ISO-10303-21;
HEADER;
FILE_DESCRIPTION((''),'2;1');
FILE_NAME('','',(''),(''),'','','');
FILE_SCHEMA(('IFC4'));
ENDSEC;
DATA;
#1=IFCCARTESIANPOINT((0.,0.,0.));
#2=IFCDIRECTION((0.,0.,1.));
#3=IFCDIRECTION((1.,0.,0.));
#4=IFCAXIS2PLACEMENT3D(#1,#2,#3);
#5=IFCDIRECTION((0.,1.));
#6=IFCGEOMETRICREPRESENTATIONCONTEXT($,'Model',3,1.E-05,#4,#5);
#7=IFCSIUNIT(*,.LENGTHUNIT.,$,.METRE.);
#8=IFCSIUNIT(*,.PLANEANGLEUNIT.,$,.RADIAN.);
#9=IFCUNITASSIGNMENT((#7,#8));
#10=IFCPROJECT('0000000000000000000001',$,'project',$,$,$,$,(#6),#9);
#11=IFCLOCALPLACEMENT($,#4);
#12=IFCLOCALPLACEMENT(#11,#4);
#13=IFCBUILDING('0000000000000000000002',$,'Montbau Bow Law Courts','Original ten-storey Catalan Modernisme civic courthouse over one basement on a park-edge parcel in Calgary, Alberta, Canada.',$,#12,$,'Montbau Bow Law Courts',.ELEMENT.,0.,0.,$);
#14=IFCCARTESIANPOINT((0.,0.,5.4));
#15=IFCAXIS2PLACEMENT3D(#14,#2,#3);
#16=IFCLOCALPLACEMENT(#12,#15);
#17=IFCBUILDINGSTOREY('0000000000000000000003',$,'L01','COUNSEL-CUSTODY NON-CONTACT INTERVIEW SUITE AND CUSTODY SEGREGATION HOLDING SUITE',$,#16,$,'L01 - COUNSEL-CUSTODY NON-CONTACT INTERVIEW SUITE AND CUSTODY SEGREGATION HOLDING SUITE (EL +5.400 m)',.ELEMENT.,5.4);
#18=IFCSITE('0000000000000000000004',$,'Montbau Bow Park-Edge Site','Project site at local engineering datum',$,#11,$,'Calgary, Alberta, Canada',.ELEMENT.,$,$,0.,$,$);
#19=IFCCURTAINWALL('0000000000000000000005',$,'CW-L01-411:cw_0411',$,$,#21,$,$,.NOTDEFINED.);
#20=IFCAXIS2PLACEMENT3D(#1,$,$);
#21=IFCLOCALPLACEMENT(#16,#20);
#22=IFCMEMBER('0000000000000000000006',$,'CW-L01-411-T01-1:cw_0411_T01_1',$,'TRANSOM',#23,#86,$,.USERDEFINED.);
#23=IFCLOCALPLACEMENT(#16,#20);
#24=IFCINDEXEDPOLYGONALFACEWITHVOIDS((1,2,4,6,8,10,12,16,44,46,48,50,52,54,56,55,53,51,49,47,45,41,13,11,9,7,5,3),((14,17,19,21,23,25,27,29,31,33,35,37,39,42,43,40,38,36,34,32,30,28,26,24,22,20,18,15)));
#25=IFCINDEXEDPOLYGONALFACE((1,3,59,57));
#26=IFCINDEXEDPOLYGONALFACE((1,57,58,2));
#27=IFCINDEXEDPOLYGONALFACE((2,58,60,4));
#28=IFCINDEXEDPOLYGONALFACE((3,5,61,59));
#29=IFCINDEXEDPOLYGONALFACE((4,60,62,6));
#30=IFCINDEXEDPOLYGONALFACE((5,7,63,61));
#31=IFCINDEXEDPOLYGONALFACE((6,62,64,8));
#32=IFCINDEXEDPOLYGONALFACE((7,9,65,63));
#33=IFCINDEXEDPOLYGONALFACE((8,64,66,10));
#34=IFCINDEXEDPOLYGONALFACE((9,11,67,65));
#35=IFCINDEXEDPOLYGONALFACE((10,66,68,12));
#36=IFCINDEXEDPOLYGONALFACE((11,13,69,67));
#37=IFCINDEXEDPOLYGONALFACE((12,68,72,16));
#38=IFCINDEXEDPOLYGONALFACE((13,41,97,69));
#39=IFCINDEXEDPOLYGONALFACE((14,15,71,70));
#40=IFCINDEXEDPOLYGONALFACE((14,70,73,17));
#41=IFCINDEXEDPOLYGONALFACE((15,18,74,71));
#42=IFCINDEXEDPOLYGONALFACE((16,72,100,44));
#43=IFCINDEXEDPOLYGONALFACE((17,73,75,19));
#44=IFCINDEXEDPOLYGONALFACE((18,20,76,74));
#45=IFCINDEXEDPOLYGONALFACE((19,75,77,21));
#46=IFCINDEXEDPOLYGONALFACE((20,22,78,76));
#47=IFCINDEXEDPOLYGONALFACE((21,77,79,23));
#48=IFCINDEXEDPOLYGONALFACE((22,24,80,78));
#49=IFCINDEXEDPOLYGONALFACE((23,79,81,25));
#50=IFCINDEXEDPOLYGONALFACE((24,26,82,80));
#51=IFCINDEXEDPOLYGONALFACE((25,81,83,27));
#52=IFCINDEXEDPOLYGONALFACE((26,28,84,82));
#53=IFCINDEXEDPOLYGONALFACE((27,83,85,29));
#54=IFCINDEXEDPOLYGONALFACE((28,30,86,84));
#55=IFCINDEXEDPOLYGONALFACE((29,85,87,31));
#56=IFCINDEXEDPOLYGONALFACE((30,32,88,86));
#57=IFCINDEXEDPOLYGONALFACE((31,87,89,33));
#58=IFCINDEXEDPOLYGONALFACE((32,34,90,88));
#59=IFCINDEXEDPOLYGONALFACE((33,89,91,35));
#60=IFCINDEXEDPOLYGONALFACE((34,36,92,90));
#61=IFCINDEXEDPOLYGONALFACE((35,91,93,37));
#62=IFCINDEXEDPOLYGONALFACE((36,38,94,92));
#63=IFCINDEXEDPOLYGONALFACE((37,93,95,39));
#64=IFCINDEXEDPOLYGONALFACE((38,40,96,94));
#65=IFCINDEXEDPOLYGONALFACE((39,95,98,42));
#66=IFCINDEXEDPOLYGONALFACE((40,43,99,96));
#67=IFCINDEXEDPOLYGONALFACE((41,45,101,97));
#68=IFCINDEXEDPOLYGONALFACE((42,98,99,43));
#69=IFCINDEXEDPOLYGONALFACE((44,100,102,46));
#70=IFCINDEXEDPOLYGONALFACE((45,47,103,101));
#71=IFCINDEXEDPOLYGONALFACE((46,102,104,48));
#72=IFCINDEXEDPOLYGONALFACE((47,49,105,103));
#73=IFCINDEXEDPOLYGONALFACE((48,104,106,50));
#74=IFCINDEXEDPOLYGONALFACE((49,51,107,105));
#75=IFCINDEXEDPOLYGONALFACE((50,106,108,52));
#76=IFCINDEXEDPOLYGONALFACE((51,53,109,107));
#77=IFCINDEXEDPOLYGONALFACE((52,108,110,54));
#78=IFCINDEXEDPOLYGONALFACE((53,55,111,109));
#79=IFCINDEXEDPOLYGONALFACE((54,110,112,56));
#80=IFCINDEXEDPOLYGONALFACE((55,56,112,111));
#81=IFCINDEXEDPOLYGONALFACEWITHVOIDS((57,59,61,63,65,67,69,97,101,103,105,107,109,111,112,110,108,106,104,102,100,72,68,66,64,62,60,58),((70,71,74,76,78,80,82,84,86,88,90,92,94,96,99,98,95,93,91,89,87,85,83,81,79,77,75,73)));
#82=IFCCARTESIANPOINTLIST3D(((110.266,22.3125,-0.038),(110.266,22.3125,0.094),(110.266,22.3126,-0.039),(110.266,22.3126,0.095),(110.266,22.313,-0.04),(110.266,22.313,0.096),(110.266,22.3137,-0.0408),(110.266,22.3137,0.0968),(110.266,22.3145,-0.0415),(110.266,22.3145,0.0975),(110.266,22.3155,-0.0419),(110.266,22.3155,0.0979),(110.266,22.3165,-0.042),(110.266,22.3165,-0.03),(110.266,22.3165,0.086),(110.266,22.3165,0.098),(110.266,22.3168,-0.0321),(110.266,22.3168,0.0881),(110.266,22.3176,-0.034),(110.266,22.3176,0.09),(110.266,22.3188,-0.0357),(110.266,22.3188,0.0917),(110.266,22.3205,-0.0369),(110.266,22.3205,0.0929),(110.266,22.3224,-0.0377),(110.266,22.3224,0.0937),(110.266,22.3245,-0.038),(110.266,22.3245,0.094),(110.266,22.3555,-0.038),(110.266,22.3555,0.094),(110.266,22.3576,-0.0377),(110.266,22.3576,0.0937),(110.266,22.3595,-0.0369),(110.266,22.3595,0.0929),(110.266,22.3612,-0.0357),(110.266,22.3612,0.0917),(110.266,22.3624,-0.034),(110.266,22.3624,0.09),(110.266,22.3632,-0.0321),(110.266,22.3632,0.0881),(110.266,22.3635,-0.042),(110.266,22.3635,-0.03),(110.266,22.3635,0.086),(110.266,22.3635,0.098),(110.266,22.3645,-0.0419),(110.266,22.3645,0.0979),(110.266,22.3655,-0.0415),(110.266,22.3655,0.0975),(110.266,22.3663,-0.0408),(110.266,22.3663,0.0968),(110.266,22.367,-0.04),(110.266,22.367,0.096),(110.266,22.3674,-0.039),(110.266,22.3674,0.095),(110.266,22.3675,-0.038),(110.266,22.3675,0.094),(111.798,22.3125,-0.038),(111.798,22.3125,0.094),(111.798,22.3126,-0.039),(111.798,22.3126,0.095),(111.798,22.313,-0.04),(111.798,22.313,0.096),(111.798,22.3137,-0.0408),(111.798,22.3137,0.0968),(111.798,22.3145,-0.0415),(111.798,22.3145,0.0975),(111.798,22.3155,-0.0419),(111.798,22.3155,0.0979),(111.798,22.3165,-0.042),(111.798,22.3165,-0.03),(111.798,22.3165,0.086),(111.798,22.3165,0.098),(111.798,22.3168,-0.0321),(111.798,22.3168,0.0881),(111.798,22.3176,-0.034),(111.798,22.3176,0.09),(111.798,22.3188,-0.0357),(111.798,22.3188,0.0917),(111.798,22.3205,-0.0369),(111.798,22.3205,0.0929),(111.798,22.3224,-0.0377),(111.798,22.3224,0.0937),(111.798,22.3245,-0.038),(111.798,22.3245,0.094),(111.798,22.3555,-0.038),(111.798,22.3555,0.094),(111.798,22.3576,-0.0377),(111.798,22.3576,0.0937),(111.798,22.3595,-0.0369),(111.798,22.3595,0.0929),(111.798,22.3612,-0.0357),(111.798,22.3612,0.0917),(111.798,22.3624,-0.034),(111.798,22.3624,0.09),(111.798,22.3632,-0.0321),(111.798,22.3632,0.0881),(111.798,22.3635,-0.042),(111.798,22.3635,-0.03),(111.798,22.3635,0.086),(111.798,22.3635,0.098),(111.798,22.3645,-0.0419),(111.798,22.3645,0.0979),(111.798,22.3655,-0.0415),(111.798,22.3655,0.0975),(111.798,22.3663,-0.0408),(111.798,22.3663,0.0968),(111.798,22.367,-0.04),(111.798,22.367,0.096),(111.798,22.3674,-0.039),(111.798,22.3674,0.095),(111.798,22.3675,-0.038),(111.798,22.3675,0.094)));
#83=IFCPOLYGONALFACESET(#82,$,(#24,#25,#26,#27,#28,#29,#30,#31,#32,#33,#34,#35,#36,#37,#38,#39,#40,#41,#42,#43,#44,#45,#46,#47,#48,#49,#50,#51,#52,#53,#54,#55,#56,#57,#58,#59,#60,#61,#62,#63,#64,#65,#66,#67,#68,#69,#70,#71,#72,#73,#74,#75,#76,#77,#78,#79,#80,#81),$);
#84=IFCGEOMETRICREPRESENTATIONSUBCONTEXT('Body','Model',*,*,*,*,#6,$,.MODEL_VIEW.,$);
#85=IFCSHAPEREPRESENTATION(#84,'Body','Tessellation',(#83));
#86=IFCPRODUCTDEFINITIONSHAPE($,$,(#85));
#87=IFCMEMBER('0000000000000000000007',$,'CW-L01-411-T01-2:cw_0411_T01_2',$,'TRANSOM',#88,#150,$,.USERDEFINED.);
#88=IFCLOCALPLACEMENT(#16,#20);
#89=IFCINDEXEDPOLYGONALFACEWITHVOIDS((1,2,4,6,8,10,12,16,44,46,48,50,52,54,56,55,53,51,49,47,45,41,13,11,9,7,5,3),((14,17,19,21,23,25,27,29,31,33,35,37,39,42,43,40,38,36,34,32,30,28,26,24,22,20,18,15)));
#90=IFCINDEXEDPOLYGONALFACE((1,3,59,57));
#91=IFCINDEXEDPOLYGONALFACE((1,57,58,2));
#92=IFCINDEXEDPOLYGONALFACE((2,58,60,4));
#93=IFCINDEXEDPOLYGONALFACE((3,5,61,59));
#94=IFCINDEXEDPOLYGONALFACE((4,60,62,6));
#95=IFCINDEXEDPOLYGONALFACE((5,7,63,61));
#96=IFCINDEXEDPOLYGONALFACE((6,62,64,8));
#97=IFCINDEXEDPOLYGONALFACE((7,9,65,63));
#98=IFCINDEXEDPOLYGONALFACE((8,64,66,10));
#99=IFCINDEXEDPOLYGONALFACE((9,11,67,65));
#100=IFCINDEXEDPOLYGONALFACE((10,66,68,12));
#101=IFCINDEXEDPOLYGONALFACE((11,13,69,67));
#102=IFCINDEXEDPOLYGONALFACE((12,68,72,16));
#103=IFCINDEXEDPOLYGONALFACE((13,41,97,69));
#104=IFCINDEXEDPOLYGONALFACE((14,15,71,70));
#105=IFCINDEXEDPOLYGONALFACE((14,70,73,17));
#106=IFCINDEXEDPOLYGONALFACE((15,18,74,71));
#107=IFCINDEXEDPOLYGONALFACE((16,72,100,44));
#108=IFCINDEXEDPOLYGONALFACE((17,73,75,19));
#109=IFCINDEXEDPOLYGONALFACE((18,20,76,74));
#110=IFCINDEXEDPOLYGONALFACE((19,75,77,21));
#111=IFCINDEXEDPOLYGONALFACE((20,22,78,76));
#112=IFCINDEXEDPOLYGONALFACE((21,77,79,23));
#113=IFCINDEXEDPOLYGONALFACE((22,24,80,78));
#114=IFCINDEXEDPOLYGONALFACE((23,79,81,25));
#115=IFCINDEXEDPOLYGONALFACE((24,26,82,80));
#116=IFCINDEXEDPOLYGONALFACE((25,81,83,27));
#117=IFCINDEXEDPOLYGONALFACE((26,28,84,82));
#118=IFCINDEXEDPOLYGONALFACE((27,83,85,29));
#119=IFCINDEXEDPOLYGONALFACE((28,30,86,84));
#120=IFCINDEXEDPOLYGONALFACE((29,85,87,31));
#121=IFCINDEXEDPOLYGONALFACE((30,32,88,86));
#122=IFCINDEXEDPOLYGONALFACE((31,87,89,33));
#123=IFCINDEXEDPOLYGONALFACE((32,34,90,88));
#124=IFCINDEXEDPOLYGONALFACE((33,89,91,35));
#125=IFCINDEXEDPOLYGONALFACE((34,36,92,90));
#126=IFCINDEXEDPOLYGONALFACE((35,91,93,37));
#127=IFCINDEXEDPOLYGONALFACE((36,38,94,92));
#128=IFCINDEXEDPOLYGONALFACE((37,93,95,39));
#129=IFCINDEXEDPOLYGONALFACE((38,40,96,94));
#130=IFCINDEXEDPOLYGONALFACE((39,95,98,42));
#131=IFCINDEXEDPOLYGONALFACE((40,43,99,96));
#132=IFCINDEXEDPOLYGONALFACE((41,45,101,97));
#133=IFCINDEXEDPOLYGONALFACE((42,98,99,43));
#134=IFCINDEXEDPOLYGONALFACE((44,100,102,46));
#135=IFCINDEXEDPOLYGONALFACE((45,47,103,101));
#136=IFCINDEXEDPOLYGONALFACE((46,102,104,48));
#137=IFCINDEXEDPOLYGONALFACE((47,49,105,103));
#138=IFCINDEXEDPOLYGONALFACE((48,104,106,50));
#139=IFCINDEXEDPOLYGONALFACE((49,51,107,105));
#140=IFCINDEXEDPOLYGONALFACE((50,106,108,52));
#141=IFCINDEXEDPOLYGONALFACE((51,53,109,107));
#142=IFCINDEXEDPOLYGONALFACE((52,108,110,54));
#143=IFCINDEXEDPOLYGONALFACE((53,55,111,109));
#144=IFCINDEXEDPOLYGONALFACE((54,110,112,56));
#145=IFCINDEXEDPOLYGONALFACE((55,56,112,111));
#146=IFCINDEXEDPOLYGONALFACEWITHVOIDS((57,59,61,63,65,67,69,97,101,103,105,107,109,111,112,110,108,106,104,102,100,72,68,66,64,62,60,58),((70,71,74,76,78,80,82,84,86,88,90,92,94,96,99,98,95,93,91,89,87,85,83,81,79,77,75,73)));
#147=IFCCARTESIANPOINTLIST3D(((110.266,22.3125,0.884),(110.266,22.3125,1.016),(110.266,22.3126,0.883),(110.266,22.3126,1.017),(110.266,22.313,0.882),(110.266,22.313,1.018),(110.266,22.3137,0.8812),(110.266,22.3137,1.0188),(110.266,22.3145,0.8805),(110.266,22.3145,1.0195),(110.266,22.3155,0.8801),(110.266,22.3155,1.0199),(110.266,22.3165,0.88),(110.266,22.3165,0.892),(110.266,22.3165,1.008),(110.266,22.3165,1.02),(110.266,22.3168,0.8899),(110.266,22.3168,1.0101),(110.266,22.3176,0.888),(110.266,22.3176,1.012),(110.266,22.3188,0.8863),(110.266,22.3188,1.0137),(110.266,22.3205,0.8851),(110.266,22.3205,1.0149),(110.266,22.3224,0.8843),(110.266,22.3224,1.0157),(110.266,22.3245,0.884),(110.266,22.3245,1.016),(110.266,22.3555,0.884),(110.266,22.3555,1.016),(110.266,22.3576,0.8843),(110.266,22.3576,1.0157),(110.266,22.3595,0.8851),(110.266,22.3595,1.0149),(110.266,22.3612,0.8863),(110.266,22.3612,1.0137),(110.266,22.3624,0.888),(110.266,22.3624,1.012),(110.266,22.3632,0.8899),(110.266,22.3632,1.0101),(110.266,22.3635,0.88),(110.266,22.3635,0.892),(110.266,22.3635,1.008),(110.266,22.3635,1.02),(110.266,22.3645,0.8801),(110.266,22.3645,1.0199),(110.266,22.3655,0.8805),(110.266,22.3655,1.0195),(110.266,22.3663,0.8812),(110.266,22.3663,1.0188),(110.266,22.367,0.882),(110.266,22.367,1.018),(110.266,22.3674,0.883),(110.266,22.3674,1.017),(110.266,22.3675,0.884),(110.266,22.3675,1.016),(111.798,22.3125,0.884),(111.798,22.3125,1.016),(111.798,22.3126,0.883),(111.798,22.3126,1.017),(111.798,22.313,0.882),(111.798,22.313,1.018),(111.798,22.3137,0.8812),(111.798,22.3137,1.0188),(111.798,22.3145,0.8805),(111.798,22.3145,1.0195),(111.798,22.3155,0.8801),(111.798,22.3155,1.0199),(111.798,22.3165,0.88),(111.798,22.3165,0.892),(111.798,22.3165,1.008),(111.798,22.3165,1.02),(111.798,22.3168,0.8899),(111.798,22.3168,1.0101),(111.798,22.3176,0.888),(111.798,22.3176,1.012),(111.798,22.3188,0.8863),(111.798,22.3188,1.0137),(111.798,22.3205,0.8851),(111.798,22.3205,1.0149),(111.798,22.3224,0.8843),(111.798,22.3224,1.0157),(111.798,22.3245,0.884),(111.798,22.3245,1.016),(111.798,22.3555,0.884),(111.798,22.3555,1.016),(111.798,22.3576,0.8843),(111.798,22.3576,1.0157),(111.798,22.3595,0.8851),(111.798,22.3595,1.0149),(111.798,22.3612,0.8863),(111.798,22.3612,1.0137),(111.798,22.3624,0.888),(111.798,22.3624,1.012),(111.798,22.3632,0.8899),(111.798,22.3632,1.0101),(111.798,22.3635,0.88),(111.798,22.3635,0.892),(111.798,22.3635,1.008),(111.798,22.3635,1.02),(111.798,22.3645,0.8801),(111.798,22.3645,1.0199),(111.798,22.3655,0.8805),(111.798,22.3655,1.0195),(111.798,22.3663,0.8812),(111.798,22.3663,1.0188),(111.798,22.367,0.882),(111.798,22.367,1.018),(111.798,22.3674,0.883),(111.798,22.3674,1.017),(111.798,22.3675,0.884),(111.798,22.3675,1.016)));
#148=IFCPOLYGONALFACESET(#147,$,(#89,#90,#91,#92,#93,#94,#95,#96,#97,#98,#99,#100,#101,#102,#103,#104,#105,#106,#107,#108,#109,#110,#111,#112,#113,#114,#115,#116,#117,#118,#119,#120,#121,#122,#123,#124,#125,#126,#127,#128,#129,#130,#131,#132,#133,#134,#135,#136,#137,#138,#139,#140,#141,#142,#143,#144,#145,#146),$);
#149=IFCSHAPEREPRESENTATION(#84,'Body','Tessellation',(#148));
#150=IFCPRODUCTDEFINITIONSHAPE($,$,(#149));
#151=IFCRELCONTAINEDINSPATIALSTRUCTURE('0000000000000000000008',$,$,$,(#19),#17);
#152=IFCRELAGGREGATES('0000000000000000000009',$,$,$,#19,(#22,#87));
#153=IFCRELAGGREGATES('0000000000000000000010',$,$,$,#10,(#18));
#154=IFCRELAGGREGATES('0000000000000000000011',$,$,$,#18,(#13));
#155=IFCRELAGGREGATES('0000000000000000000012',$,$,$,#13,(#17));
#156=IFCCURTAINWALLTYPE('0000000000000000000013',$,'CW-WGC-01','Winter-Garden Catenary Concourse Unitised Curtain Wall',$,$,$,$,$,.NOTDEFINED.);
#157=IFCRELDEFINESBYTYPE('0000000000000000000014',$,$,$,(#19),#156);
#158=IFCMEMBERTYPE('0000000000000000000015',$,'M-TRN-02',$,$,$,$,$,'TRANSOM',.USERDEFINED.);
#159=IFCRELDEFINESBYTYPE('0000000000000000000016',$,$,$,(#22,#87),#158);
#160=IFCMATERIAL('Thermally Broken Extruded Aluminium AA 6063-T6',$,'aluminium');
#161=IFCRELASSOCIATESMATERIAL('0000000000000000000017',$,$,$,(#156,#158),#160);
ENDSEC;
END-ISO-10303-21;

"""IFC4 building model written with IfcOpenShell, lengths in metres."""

from ifc_helpers import new_model, si_unit, direction, frame, origin_with_axes, origin_2d_with_axis, place, context, subcontext, project, spatial, hollow_rectangle, extrude, material, material_profile, profile_set, type_object, element, aggregate, save


model = new_model("IFC4")

# Units and contexts
model_context = context("Model", 3, precision=1e-05, world=origin_with_axes(), true_north=direction((0.0, 1.0)))
body_context = subcontext(model_context, "Body", "Model", "MODEL_VIEW")
ifc_project = project(units=[si_unit("LENGTHUNIT", "METRE"), si_unit("PLANEANGLEUNIT", "RADIAN")], contexts=[model_context])

# Site, building, storey
site_placement = place(None, origin_with_axes())
site = spatial("IfcSite", under=ifc_project, at=site_placement, Name="Montbau Bow Park-Edge Site", Description="Project site at local engineering datum", LongName="Calgary, Alberta, Canada", CompositionType="ELEMENT", RefElevation=0.0)
building_placement = place(site_placement, origin_with_axes())
building = spatial("IfcBuilding", under=site, at=building_placement, Name="Montbau Bow Law Courts", Description="Original ten-storey Catalan Modernisme civic courthouse over one basement on a park-edge parcel in Calgary, Alberta, Canada.", LongName="Montbau Bow Law Courts", CompositionType="ELEMENT", ElevationOfRefHeight=0.0, ElevationOfTerrain=0.0)
storey_placement = place(building_placement, frame((0.0, 0.0, 5.4), z_axis=(0.0, 0.0, 1.0), x_axis=(1.0, 0.0, 0.0)))
storey = spatial("IfcBuildingStorey", under=building, at=storey_placement, Name="L01", Description="COUNSEL-CUSTODY NON-CONTACT INTERVIEW SUITE AND CUSTODY SEGREGATION HOLDING SUITE", LongName="L01 - COUNSEL-CUSTODY NON-CONTACT INTERVIEW SUITE AND CUSTODY SEGREGATION HOLDING SUITE (EL +5.400 m)", CompositionType="ELEMENT", Elevation=5.4)

# Curtain wall
ifc_material_1 = material(Name="Thermally Broken Extruded Aluminium AA 6063-T6", Category="aluminium")
curtain_wall_type_1 = type_object("IfcCurtainWallType", Name="CW-WGC-01", Description="Winter-Garden Catenary Concourse Unitised Curtain Wall", PredefinedType="NOTDEFINED", material=ifc_material_1)
curtain_wall_1_placement = place(None, frame((110.19, 22.34, 5.4), z_axis=(0.0, 0.0, 1.0), x_axis=(1.0, 0.0, 0.0)))
curtain_wall_1 = element("IfcCurtainWall", 1, at=curtain_wall_1_placement, inside=storey, type_object=curtain_wall_type_1, Name="CW-L01-411:cw_0411", PredefinedType="NOTDEFINED")

# Members
ifc_material_profile_1 = material_profile(ifc_material_1, hollow_rectangle(XDim=0.055, YDim=0.14, WallThickness=0.004, InnerFilletRadius=0.008, OuterFilletRadius=0.004, at=origin_2d_with_axis()), Name="CWT-140X55", Category="Main", Priority=0)
ifc_profile_set_1 = profile_set([ifc_material_profile_1], Name="Thermally Broken Extruded Aluminium AA 6063-T6")
member_type_1 = type_object("IfcMemberType", Name="M-TRN-02", ElementType="TRANSOM", PredefinedType="USERDEFINED", material=ifc_profile_set_1)
member_1_placement = place(None, frame((110.266, 22.34, 5.428), z_axis=(1.0, 0.0, 0.0), x_axis=(0.0, 1.0, 0.0)))
member_1 = element("IfcMember", 2, at=member_1_placement, type_object=member_type_1, Name="CW-L01-411-T01-1:cw_0411_T01_1", ObjectType="TRANSOM", PredefinedType="USERDEFINED", context=body_context, shape_type="SweptSolid", body=[
    extrude(hollow_rectangle(XDim=0.055, YDim=0.14, WallThickness=0.004, InnerFilletRadius=0.008, OuterFilletRadius=0.004, at=origin_2d_with_axis()), origin_with_axes(), (0.0, 0.0, 1.0), 1.532),
])
member_2_placement = place(None, frame((110.266, 22.34, 6.35), z_axis=(1.0, 0.0, 0.0), x_axis=(0.0, 1.0, 0.0)))
member_2 = element("IfcMember", 3, at=member_2_placement, type_object=member_type_1, Name="CW-L01-411-T01-2:cw_0411_T01_2", ObjectType="TRANSOM", PredefinedType="USERDEFINED", context=body_context, shape_type="SweptSolid", body=[
    extrude(hollow_rectangle(XDim=0.055, YDim=0.14, WallThickness=0.004, InnerFilletRadius=0.008, OuterFilletRadius=0.004, at=origin_2d_with_axis()), origin_with_axes(), (0.0, 0.0, 1.0), 1.532),
])

aggregate(curtain_wall_1, [member_1, member_2])

save(model, "model.ifc")
